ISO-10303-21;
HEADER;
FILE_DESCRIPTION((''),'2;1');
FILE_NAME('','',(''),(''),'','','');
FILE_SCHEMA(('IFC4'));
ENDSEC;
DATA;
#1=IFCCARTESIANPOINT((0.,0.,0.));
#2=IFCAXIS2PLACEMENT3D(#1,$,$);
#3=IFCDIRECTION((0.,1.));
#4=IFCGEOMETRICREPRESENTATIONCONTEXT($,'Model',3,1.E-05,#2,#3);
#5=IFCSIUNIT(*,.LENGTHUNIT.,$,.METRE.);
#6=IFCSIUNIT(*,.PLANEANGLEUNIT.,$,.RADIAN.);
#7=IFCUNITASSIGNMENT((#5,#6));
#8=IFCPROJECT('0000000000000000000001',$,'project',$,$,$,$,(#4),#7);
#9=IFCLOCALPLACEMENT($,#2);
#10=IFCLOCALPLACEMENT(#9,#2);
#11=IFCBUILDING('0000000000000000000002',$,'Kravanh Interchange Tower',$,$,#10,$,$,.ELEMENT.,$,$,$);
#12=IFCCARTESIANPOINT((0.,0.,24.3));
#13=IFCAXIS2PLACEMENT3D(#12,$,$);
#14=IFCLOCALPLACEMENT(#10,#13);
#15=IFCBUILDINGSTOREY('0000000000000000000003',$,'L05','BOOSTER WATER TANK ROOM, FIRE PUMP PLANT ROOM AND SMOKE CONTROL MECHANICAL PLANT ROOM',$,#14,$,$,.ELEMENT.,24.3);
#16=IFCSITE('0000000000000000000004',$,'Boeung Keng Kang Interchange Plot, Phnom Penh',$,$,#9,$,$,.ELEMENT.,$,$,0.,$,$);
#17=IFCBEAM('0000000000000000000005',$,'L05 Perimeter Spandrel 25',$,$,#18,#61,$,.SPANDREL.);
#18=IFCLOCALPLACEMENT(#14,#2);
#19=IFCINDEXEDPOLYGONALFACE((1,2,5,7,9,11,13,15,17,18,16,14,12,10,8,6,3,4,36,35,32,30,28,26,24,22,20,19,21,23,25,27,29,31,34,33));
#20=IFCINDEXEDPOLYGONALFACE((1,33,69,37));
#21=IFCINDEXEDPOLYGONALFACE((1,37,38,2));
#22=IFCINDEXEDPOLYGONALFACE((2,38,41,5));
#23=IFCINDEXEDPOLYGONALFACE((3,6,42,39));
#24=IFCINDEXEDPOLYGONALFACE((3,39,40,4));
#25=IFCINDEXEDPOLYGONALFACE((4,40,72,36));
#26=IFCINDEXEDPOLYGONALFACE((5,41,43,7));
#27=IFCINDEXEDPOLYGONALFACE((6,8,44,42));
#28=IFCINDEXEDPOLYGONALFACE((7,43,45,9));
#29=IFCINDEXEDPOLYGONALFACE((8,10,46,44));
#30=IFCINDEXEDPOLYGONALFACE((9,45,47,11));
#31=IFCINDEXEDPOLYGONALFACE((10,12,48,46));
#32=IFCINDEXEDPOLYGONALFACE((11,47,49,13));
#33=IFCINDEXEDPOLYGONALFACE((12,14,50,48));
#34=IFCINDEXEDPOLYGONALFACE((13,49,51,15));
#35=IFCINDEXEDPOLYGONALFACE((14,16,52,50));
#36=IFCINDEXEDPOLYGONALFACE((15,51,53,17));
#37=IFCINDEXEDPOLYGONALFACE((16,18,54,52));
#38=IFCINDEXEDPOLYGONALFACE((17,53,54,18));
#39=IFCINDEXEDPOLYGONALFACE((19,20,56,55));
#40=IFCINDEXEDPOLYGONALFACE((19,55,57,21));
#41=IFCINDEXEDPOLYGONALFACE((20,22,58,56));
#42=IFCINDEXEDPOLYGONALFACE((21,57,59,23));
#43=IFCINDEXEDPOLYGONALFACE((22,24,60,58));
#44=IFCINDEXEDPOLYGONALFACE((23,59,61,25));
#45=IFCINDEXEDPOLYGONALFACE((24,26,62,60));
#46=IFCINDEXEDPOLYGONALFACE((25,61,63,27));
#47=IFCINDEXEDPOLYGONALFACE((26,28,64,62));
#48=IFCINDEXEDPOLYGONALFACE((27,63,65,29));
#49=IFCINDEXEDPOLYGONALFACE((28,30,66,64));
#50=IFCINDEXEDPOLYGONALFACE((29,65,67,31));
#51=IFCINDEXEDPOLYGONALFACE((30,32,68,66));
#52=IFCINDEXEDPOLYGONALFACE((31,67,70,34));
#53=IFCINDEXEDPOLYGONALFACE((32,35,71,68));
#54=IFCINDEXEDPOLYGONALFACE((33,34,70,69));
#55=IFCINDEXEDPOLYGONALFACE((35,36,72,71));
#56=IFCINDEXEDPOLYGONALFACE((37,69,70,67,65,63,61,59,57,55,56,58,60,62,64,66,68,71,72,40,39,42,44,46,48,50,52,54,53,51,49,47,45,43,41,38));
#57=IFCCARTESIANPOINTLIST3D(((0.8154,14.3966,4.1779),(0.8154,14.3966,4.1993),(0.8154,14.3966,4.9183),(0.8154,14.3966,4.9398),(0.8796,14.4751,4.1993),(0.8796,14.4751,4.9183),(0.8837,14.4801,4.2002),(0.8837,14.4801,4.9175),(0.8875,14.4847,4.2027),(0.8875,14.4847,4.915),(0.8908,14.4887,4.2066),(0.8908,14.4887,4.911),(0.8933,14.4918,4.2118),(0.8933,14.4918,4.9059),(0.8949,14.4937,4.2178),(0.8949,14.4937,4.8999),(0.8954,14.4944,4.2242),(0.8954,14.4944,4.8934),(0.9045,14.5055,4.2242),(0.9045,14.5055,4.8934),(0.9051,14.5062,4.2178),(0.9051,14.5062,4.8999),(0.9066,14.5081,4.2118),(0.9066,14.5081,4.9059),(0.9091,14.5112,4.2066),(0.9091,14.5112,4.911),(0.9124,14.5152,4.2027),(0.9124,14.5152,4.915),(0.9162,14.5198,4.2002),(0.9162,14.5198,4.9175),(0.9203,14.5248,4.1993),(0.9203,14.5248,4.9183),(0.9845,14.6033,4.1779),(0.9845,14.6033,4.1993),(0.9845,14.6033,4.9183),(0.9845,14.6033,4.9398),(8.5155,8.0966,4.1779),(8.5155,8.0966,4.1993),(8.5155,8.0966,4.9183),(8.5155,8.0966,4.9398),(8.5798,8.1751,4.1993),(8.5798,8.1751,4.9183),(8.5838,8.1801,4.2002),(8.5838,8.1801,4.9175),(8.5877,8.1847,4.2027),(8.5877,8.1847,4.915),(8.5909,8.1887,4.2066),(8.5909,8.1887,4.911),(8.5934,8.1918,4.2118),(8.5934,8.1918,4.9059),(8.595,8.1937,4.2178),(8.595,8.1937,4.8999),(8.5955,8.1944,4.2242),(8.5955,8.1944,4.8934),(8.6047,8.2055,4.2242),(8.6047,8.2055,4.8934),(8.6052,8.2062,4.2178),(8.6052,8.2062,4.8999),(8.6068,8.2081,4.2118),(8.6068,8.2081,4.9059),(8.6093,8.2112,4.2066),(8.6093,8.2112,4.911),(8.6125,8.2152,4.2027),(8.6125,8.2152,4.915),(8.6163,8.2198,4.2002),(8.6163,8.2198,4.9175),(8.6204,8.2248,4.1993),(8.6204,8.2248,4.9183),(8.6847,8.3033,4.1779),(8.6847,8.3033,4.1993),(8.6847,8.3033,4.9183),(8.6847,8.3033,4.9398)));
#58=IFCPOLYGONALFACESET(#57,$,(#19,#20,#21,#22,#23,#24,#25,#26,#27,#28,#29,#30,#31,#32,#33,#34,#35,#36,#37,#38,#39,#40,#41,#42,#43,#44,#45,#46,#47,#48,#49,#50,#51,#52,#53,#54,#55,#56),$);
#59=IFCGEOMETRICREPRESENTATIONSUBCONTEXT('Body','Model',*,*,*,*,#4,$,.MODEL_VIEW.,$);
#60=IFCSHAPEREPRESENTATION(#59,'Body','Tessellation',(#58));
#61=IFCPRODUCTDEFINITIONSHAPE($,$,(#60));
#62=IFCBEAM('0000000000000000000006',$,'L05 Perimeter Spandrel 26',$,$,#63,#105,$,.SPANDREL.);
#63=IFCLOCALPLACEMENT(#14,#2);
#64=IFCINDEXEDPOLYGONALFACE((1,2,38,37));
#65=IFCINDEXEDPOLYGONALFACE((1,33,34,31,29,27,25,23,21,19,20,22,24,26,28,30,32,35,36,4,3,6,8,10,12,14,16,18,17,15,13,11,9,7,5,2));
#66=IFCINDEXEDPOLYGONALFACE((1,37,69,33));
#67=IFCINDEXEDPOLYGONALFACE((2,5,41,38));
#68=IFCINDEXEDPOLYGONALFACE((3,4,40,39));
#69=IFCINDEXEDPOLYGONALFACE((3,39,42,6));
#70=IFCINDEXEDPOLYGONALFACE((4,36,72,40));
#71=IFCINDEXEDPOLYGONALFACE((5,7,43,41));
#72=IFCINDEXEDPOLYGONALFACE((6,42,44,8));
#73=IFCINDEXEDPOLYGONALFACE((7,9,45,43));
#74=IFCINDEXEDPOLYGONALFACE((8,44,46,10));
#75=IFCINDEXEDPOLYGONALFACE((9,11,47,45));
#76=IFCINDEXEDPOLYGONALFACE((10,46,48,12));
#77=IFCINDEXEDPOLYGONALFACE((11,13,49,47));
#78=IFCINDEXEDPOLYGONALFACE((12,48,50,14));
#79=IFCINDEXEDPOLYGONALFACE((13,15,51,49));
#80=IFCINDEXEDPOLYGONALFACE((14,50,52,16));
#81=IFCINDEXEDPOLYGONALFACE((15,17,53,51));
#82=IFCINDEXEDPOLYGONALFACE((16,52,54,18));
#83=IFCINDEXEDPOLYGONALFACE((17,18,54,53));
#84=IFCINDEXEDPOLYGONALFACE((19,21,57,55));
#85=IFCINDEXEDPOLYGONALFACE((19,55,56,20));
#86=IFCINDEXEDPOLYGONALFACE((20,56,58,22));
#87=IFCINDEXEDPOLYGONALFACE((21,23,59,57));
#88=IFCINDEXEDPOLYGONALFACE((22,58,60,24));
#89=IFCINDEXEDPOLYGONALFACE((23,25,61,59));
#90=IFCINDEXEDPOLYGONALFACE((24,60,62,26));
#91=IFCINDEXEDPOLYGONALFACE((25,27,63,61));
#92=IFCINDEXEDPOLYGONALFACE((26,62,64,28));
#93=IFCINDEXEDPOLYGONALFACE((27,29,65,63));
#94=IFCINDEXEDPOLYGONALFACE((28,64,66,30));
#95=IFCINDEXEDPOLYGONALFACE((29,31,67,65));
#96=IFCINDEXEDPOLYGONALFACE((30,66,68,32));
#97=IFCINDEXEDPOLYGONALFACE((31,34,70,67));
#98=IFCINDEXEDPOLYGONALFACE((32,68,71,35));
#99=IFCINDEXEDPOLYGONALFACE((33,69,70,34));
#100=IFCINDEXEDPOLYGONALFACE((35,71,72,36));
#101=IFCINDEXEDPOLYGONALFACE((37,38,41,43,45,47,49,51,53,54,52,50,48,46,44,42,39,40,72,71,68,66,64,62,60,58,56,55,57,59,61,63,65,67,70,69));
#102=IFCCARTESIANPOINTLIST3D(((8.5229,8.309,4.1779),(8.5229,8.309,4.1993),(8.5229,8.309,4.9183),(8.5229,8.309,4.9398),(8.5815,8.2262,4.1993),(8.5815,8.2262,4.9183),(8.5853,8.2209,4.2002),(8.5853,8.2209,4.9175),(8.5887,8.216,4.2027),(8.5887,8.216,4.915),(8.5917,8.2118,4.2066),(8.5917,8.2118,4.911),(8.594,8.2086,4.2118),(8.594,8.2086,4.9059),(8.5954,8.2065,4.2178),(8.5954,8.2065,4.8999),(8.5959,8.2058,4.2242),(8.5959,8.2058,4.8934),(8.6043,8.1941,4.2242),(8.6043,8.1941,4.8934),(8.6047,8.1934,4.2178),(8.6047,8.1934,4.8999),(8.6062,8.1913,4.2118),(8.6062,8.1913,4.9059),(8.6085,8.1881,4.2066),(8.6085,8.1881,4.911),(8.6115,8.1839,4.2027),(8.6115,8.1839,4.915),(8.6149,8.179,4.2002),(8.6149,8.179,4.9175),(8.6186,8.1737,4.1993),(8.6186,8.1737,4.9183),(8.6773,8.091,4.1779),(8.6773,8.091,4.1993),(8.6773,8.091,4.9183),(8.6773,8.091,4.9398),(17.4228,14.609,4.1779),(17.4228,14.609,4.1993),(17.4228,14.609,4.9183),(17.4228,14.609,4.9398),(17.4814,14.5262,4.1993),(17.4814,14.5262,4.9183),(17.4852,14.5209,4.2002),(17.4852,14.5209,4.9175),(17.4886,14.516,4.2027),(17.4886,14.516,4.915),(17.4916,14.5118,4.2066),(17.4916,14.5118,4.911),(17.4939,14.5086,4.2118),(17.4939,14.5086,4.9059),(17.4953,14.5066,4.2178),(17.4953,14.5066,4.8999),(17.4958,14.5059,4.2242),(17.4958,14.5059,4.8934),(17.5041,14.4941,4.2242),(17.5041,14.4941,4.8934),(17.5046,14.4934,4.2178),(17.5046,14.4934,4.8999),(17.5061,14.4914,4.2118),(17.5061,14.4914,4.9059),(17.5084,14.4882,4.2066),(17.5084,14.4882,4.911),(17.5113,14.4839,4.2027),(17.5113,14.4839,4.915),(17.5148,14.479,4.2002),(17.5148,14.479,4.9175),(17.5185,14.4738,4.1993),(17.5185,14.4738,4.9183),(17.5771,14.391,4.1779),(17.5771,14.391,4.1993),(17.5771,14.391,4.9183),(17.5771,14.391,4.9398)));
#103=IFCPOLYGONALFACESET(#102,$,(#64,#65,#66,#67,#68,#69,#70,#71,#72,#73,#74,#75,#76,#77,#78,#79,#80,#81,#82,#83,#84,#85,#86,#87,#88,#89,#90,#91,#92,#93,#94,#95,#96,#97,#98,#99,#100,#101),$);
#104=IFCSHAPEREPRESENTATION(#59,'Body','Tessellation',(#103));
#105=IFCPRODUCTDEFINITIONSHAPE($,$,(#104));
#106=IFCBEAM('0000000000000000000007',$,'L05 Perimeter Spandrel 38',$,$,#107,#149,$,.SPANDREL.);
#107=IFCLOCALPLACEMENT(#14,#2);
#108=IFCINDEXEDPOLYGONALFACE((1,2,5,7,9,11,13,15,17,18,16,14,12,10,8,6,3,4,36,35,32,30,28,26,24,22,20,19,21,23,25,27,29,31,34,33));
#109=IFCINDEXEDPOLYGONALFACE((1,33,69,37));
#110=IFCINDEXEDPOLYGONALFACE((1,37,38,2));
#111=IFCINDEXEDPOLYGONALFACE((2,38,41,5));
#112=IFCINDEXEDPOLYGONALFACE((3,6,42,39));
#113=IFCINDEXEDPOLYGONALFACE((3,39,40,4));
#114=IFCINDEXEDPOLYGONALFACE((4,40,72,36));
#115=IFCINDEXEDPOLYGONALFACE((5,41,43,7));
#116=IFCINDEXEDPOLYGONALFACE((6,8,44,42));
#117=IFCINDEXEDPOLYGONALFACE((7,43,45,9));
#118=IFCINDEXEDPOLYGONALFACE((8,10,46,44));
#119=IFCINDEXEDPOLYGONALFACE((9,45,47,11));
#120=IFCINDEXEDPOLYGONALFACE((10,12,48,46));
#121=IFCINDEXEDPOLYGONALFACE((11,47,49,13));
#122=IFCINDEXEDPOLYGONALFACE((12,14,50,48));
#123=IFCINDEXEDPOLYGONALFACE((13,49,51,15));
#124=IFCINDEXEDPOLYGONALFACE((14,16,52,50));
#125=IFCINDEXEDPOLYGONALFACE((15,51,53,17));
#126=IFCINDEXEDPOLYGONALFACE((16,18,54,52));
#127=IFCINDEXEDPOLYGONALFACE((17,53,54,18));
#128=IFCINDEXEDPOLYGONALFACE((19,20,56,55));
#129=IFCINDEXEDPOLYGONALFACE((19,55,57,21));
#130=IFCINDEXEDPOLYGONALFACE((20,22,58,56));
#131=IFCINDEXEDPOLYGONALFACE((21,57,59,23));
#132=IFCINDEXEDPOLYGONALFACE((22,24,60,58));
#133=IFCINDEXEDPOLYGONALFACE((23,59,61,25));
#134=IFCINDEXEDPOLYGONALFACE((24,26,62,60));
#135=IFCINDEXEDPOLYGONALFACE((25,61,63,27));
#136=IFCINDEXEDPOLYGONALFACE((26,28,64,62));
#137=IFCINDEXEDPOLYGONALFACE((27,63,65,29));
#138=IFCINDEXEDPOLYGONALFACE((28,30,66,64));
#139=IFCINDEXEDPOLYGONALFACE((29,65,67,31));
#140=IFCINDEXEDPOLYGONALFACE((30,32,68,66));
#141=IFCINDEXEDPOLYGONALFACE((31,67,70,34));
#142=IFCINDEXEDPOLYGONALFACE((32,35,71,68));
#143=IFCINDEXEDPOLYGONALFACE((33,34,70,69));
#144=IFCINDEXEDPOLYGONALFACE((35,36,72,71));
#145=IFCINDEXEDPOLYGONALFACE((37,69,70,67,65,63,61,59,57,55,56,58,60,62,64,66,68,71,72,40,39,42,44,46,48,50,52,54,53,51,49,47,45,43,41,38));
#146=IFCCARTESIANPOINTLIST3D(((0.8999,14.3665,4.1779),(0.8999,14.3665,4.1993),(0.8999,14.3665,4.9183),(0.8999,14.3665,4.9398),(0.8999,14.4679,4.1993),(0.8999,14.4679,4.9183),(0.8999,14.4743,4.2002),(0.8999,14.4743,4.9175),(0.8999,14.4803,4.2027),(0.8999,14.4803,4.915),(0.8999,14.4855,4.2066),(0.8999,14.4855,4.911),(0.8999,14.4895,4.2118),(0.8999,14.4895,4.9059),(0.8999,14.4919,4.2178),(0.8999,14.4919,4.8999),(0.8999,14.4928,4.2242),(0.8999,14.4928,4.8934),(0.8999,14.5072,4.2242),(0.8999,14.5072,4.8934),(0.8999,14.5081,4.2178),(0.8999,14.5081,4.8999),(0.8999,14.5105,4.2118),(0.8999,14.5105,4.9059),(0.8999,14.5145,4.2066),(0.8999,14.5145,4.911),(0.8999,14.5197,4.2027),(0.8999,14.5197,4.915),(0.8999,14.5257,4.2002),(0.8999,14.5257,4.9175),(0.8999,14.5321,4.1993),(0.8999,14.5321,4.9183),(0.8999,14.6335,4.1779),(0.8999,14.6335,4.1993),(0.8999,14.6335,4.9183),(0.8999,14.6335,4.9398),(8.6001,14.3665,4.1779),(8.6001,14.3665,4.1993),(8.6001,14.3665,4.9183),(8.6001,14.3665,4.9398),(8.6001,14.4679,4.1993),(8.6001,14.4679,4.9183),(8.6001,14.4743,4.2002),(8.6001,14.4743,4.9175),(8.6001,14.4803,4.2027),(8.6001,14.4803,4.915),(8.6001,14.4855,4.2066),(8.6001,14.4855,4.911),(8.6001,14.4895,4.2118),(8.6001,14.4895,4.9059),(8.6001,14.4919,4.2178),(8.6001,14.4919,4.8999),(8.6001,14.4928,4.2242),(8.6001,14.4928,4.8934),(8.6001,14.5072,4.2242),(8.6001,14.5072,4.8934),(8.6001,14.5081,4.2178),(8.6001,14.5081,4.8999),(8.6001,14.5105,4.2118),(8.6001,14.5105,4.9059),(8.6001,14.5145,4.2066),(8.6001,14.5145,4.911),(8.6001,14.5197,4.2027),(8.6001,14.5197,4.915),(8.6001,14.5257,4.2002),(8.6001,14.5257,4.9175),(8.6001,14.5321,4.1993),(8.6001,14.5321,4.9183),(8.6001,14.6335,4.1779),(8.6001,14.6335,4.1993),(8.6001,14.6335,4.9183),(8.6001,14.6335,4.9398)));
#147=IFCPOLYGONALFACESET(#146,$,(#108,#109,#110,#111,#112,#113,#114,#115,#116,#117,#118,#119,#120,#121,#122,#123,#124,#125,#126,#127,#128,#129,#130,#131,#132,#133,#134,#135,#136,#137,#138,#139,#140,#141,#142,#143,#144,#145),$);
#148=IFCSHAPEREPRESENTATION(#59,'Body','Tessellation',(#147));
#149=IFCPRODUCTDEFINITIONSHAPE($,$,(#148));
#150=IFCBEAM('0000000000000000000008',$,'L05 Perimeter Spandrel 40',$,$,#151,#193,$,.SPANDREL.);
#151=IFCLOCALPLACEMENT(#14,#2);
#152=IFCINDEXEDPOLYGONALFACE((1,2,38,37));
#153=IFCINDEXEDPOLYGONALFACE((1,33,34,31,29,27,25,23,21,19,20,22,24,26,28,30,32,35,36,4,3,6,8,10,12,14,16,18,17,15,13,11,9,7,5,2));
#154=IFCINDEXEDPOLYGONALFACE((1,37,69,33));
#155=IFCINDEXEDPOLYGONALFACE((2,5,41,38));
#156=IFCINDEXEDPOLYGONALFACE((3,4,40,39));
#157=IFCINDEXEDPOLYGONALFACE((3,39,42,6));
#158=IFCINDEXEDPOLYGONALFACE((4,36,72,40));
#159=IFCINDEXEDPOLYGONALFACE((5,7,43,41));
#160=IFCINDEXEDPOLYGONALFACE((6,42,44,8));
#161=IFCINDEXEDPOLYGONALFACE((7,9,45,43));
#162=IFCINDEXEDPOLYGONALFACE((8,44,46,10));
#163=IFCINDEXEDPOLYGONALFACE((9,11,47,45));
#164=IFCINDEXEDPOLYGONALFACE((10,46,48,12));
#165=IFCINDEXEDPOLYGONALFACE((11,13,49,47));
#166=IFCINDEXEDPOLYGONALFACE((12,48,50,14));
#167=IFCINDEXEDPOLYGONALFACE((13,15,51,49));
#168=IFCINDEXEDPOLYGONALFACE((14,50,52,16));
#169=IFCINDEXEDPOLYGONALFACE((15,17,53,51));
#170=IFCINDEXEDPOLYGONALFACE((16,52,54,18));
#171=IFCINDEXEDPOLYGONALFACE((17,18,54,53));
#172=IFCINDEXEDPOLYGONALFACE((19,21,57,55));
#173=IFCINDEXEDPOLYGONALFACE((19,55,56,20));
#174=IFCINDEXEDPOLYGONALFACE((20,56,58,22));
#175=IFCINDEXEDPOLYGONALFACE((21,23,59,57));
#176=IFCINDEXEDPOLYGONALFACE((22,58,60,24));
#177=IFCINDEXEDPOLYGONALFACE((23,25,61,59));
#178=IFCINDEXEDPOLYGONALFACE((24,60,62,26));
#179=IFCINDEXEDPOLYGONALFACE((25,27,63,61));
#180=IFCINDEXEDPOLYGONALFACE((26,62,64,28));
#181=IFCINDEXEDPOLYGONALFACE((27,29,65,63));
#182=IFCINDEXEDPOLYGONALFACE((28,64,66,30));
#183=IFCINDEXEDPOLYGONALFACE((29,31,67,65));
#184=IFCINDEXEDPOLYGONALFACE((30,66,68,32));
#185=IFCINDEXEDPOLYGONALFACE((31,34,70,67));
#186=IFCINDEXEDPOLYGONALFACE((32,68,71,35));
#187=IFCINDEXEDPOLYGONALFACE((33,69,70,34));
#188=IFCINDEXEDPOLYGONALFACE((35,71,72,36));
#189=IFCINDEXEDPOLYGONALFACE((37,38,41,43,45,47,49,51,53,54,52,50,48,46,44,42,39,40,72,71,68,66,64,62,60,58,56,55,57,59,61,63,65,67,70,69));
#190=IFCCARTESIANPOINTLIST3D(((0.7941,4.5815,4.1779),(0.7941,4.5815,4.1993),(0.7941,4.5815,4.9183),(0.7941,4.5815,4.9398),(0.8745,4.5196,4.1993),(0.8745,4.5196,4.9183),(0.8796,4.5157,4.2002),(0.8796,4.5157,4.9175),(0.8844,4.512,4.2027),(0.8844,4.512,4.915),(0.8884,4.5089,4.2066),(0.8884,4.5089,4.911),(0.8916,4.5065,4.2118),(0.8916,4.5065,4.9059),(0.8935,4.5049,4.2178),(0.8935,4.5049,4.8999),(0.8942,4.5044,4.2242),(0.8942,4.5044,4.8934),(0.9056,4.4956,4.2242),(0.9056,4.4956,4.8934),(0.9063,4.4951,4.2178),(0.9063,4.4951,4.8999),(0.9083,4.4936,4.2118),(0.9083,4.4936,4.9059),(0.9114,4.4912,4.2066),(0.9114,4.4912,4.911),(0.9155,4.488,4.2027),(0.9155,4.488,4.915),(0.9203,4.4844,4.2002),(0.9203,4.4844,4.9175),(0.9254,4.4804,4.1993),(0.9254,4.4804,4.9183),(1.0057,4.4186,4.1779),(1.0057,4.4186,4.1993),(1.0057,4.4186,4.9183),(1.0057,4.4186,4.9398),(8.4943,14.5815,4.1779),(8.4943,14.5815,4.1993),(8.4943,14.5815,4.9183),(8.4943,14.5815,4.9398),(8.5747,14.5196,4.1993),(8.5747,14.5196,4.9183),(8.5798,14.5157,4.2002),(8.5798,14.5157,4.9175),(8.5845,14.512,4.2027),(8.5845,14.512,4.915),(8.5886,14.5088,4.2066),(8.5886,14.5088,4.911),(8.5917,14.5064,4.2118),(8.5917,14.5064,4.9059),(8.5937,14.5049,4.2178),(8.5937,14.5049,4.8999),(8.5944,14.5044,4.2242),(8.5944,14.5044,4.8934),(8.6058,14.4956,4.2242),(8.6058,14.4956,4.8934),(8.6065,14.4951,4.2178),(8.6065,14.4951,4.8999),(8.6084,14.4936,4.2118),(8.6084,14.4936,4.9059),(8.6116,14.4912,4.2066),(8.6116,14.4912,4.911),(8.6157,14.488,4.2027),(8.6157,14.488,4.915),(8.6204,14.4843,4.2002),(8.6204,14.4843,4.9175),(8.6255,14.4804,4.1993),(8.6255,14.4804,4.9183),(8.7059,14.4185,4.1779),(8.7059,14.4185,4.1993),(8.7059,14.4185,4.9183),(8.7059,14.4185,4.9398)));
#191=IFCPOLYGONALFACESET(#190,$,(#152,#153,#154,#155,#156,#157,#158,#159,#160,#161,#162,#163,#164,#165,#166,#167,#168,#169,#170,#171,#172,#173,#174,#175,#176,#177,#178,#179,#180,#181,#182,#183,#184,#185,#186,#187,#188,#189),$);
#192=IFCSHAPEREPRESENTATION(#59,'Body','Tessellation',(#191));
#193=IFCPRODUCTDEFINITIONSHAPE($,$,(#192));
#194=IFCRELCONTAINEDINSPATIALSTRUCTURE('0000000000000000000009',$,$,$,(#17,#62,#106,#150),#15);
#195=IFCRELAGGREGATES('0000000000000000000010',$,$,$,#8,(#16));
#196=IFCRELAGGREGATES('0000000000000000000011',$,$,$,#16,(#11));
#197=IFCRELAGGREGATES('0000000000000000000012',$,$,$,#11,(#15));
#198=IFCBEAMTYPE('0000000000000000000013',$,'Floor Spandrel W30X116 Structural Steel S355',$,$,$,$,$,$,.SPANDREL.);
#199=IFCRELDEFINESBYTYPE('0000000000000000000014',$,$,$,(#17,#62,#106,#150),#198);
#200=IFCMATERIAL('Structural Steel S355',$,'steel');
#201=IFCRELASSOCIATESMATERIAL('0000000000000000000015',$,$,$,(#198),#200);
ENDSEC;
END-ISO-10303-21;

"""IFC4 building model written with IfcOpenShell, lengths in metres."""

from ifc_helpers import new_model, si_unit, direction, frame, origin, origin_2d, place, context, subcontext, project, spatial, i_section, extrude, material, material_profile, profile_set, type_object, element, save


model = new_model("IFC4")

# Units and contexts
model_context = context("Model", 3, precision=1e-05, world=origin(), true_north=direction((0.0, 1.0)))
body_context = subcontext(model_context, "Body", "Model", "MODEL_VIEW")
ifc_project = project(units=[si_unit("LENGTHUNIT", "METRE"), si_unit("PLANEANGLEUNIT", "RADIAN")], contexts=[model_context])

# Site, building, storey
site_placement = place(None, origin())
site = spatial("IfcSite", under=ifc_project, at=site_placement, Name="Boeung Keng Kang Interchange Plot, Phnom Penh", CompositionType="ELEMENT", RefElevation=0.0)
building_placement = place(site_placement, origin())
building = spatial("IfcBuilding", under=site, at=building_placement, Name="Kravanh Interchange Tower", CompositionType="ELEMENT")
storey_placement = place(building_placement, frame((0.0, 0.0, 24.3)))
storey = spatial("IfcBuildingStorey", under=building, at=storey_placement, Name="L05", Description="BOOSTER WATER TANK ROOM, FIRE PUMP PLANT ROOM AND SMOKE CONTROL MECHANICAL PLANT ROOM", CompositionType="ELEMENT", Elevation=24.3)

# Beams
ifc_material_1 = material(Name="Structural Steel S355", Category="steel")
ifc_material_profile_1 = material_profile(ifc_material_1, i_section(OverallWidth=0.2671, OverallDepth=0.762, WebThickness=0.0144, FlangeThickness=0.0215, FilletRadius=0.0249, at=origin_2d()), Name="W30X116")
ifc_profile_set_1 = profile_set([ifc_material_profile_1], Name="Structural Steel S355")
beam_type_1 = type_object("IfcBeamType", Name="Floor Spandrel W30X116 Structural Steel S355", PredefinedType="SPANDREL", material=ifc_profile_set_1)
beam_1_placement = place(storey_placement, frame((8.6001, 8.2, 4.5588), z_axis=(-0.773963, 0.633231, 0.0), x_axis=(-0.633231, -0.773963, 0.0)))
element("IfcBeam", 1, at=beam_1_placement, inside=storey, type_object=beam_type_1, Name="L05 Perimeter Spandrel 25", PredefinedType="SPANDREL", context=body_context, shape_type="SweptSolid", body=[
    extrude(i_section(OverallWidth=0.2671, OverallDepth=0.762, WebThickness=0.0144, FlangeThickness=0.0215, FilletRadius=0.0249, at=origin_2d()), origin(), (0.0, 0.0, 1.0), 9.949),
])
beam_2_placement = place(storey_placement, frame((8.6001, 8.2, 4.5588), z_axis=(0.8162, 0.57777, 0.0), x_axis=(-0.57777, 0.8162, 0.0)))
element("IfcBeam", 2, at=beam_2_placement, inside=storey, type_object=beam_type_1, Name="L05 Perimeter Spandrel 26", PredefinedType="SPANDREL", context=body_context, shape_type="SweptSolid", body=[
    extrude(i_section(OverallWidth=0.2671, OverallDepth=0.762, WebThickness=0.0144, FlangeThickness=0.0215, FilletRadius=0.0249, at=origin_2d()), origin(), (0.0, 0.0, 1.0), 10.9041),
])
beam_3_placement = place(storey_placement, frame((8.6001, 14.5, 4.5588), z_axis=(-1.0, 0.0, 0.0), x_axis=(0.0, -1.0, 0.0)))
element("IfcBeam", 3, at=beam_3_placement, inside=storey, type_object=beam_type_1, Name="L05 Perimeter Spandrel 38", PredefinedType="SPANDREL", context=body_context, shape_type="SweptSolid", body=[
    extrude(i_section(OverallWidth=0.2671, OverallDepth=0.762, WebThickness=0.0144, FlangeThickness=0.0215, FilletRadius=0.0249, at=origin_2d()), origin(), (0.0, 0.0, 1.0), 7.7002),
])
beam_4_placement = place(storey_placement, frame((8.6001, 14.5, 4.5588), z_axis=(-0.610103, -0.792322, 0.0), x_axis=(0.792322, -0.610103, 0.0)))
element("IfcBeam", 4, at=beam_4_placement, inside=storey, type_object=beam_type_1, Name="L05 Perimeter Spandrel 40", PredefinedType="SPANDREL", context=body_context, shape_type="SweptSolid", body=[
    extrude(i_section(OverallWidth=0.2671, OverallDepth=0.762, WebThickness=0.0144, FlangeThickness=0.0215, FilletRadius=0.0249, at=origin_2d()), origin(), (0.0, 0.0, 1.0), 12.6211),
])

save(model, "model.ifc")
